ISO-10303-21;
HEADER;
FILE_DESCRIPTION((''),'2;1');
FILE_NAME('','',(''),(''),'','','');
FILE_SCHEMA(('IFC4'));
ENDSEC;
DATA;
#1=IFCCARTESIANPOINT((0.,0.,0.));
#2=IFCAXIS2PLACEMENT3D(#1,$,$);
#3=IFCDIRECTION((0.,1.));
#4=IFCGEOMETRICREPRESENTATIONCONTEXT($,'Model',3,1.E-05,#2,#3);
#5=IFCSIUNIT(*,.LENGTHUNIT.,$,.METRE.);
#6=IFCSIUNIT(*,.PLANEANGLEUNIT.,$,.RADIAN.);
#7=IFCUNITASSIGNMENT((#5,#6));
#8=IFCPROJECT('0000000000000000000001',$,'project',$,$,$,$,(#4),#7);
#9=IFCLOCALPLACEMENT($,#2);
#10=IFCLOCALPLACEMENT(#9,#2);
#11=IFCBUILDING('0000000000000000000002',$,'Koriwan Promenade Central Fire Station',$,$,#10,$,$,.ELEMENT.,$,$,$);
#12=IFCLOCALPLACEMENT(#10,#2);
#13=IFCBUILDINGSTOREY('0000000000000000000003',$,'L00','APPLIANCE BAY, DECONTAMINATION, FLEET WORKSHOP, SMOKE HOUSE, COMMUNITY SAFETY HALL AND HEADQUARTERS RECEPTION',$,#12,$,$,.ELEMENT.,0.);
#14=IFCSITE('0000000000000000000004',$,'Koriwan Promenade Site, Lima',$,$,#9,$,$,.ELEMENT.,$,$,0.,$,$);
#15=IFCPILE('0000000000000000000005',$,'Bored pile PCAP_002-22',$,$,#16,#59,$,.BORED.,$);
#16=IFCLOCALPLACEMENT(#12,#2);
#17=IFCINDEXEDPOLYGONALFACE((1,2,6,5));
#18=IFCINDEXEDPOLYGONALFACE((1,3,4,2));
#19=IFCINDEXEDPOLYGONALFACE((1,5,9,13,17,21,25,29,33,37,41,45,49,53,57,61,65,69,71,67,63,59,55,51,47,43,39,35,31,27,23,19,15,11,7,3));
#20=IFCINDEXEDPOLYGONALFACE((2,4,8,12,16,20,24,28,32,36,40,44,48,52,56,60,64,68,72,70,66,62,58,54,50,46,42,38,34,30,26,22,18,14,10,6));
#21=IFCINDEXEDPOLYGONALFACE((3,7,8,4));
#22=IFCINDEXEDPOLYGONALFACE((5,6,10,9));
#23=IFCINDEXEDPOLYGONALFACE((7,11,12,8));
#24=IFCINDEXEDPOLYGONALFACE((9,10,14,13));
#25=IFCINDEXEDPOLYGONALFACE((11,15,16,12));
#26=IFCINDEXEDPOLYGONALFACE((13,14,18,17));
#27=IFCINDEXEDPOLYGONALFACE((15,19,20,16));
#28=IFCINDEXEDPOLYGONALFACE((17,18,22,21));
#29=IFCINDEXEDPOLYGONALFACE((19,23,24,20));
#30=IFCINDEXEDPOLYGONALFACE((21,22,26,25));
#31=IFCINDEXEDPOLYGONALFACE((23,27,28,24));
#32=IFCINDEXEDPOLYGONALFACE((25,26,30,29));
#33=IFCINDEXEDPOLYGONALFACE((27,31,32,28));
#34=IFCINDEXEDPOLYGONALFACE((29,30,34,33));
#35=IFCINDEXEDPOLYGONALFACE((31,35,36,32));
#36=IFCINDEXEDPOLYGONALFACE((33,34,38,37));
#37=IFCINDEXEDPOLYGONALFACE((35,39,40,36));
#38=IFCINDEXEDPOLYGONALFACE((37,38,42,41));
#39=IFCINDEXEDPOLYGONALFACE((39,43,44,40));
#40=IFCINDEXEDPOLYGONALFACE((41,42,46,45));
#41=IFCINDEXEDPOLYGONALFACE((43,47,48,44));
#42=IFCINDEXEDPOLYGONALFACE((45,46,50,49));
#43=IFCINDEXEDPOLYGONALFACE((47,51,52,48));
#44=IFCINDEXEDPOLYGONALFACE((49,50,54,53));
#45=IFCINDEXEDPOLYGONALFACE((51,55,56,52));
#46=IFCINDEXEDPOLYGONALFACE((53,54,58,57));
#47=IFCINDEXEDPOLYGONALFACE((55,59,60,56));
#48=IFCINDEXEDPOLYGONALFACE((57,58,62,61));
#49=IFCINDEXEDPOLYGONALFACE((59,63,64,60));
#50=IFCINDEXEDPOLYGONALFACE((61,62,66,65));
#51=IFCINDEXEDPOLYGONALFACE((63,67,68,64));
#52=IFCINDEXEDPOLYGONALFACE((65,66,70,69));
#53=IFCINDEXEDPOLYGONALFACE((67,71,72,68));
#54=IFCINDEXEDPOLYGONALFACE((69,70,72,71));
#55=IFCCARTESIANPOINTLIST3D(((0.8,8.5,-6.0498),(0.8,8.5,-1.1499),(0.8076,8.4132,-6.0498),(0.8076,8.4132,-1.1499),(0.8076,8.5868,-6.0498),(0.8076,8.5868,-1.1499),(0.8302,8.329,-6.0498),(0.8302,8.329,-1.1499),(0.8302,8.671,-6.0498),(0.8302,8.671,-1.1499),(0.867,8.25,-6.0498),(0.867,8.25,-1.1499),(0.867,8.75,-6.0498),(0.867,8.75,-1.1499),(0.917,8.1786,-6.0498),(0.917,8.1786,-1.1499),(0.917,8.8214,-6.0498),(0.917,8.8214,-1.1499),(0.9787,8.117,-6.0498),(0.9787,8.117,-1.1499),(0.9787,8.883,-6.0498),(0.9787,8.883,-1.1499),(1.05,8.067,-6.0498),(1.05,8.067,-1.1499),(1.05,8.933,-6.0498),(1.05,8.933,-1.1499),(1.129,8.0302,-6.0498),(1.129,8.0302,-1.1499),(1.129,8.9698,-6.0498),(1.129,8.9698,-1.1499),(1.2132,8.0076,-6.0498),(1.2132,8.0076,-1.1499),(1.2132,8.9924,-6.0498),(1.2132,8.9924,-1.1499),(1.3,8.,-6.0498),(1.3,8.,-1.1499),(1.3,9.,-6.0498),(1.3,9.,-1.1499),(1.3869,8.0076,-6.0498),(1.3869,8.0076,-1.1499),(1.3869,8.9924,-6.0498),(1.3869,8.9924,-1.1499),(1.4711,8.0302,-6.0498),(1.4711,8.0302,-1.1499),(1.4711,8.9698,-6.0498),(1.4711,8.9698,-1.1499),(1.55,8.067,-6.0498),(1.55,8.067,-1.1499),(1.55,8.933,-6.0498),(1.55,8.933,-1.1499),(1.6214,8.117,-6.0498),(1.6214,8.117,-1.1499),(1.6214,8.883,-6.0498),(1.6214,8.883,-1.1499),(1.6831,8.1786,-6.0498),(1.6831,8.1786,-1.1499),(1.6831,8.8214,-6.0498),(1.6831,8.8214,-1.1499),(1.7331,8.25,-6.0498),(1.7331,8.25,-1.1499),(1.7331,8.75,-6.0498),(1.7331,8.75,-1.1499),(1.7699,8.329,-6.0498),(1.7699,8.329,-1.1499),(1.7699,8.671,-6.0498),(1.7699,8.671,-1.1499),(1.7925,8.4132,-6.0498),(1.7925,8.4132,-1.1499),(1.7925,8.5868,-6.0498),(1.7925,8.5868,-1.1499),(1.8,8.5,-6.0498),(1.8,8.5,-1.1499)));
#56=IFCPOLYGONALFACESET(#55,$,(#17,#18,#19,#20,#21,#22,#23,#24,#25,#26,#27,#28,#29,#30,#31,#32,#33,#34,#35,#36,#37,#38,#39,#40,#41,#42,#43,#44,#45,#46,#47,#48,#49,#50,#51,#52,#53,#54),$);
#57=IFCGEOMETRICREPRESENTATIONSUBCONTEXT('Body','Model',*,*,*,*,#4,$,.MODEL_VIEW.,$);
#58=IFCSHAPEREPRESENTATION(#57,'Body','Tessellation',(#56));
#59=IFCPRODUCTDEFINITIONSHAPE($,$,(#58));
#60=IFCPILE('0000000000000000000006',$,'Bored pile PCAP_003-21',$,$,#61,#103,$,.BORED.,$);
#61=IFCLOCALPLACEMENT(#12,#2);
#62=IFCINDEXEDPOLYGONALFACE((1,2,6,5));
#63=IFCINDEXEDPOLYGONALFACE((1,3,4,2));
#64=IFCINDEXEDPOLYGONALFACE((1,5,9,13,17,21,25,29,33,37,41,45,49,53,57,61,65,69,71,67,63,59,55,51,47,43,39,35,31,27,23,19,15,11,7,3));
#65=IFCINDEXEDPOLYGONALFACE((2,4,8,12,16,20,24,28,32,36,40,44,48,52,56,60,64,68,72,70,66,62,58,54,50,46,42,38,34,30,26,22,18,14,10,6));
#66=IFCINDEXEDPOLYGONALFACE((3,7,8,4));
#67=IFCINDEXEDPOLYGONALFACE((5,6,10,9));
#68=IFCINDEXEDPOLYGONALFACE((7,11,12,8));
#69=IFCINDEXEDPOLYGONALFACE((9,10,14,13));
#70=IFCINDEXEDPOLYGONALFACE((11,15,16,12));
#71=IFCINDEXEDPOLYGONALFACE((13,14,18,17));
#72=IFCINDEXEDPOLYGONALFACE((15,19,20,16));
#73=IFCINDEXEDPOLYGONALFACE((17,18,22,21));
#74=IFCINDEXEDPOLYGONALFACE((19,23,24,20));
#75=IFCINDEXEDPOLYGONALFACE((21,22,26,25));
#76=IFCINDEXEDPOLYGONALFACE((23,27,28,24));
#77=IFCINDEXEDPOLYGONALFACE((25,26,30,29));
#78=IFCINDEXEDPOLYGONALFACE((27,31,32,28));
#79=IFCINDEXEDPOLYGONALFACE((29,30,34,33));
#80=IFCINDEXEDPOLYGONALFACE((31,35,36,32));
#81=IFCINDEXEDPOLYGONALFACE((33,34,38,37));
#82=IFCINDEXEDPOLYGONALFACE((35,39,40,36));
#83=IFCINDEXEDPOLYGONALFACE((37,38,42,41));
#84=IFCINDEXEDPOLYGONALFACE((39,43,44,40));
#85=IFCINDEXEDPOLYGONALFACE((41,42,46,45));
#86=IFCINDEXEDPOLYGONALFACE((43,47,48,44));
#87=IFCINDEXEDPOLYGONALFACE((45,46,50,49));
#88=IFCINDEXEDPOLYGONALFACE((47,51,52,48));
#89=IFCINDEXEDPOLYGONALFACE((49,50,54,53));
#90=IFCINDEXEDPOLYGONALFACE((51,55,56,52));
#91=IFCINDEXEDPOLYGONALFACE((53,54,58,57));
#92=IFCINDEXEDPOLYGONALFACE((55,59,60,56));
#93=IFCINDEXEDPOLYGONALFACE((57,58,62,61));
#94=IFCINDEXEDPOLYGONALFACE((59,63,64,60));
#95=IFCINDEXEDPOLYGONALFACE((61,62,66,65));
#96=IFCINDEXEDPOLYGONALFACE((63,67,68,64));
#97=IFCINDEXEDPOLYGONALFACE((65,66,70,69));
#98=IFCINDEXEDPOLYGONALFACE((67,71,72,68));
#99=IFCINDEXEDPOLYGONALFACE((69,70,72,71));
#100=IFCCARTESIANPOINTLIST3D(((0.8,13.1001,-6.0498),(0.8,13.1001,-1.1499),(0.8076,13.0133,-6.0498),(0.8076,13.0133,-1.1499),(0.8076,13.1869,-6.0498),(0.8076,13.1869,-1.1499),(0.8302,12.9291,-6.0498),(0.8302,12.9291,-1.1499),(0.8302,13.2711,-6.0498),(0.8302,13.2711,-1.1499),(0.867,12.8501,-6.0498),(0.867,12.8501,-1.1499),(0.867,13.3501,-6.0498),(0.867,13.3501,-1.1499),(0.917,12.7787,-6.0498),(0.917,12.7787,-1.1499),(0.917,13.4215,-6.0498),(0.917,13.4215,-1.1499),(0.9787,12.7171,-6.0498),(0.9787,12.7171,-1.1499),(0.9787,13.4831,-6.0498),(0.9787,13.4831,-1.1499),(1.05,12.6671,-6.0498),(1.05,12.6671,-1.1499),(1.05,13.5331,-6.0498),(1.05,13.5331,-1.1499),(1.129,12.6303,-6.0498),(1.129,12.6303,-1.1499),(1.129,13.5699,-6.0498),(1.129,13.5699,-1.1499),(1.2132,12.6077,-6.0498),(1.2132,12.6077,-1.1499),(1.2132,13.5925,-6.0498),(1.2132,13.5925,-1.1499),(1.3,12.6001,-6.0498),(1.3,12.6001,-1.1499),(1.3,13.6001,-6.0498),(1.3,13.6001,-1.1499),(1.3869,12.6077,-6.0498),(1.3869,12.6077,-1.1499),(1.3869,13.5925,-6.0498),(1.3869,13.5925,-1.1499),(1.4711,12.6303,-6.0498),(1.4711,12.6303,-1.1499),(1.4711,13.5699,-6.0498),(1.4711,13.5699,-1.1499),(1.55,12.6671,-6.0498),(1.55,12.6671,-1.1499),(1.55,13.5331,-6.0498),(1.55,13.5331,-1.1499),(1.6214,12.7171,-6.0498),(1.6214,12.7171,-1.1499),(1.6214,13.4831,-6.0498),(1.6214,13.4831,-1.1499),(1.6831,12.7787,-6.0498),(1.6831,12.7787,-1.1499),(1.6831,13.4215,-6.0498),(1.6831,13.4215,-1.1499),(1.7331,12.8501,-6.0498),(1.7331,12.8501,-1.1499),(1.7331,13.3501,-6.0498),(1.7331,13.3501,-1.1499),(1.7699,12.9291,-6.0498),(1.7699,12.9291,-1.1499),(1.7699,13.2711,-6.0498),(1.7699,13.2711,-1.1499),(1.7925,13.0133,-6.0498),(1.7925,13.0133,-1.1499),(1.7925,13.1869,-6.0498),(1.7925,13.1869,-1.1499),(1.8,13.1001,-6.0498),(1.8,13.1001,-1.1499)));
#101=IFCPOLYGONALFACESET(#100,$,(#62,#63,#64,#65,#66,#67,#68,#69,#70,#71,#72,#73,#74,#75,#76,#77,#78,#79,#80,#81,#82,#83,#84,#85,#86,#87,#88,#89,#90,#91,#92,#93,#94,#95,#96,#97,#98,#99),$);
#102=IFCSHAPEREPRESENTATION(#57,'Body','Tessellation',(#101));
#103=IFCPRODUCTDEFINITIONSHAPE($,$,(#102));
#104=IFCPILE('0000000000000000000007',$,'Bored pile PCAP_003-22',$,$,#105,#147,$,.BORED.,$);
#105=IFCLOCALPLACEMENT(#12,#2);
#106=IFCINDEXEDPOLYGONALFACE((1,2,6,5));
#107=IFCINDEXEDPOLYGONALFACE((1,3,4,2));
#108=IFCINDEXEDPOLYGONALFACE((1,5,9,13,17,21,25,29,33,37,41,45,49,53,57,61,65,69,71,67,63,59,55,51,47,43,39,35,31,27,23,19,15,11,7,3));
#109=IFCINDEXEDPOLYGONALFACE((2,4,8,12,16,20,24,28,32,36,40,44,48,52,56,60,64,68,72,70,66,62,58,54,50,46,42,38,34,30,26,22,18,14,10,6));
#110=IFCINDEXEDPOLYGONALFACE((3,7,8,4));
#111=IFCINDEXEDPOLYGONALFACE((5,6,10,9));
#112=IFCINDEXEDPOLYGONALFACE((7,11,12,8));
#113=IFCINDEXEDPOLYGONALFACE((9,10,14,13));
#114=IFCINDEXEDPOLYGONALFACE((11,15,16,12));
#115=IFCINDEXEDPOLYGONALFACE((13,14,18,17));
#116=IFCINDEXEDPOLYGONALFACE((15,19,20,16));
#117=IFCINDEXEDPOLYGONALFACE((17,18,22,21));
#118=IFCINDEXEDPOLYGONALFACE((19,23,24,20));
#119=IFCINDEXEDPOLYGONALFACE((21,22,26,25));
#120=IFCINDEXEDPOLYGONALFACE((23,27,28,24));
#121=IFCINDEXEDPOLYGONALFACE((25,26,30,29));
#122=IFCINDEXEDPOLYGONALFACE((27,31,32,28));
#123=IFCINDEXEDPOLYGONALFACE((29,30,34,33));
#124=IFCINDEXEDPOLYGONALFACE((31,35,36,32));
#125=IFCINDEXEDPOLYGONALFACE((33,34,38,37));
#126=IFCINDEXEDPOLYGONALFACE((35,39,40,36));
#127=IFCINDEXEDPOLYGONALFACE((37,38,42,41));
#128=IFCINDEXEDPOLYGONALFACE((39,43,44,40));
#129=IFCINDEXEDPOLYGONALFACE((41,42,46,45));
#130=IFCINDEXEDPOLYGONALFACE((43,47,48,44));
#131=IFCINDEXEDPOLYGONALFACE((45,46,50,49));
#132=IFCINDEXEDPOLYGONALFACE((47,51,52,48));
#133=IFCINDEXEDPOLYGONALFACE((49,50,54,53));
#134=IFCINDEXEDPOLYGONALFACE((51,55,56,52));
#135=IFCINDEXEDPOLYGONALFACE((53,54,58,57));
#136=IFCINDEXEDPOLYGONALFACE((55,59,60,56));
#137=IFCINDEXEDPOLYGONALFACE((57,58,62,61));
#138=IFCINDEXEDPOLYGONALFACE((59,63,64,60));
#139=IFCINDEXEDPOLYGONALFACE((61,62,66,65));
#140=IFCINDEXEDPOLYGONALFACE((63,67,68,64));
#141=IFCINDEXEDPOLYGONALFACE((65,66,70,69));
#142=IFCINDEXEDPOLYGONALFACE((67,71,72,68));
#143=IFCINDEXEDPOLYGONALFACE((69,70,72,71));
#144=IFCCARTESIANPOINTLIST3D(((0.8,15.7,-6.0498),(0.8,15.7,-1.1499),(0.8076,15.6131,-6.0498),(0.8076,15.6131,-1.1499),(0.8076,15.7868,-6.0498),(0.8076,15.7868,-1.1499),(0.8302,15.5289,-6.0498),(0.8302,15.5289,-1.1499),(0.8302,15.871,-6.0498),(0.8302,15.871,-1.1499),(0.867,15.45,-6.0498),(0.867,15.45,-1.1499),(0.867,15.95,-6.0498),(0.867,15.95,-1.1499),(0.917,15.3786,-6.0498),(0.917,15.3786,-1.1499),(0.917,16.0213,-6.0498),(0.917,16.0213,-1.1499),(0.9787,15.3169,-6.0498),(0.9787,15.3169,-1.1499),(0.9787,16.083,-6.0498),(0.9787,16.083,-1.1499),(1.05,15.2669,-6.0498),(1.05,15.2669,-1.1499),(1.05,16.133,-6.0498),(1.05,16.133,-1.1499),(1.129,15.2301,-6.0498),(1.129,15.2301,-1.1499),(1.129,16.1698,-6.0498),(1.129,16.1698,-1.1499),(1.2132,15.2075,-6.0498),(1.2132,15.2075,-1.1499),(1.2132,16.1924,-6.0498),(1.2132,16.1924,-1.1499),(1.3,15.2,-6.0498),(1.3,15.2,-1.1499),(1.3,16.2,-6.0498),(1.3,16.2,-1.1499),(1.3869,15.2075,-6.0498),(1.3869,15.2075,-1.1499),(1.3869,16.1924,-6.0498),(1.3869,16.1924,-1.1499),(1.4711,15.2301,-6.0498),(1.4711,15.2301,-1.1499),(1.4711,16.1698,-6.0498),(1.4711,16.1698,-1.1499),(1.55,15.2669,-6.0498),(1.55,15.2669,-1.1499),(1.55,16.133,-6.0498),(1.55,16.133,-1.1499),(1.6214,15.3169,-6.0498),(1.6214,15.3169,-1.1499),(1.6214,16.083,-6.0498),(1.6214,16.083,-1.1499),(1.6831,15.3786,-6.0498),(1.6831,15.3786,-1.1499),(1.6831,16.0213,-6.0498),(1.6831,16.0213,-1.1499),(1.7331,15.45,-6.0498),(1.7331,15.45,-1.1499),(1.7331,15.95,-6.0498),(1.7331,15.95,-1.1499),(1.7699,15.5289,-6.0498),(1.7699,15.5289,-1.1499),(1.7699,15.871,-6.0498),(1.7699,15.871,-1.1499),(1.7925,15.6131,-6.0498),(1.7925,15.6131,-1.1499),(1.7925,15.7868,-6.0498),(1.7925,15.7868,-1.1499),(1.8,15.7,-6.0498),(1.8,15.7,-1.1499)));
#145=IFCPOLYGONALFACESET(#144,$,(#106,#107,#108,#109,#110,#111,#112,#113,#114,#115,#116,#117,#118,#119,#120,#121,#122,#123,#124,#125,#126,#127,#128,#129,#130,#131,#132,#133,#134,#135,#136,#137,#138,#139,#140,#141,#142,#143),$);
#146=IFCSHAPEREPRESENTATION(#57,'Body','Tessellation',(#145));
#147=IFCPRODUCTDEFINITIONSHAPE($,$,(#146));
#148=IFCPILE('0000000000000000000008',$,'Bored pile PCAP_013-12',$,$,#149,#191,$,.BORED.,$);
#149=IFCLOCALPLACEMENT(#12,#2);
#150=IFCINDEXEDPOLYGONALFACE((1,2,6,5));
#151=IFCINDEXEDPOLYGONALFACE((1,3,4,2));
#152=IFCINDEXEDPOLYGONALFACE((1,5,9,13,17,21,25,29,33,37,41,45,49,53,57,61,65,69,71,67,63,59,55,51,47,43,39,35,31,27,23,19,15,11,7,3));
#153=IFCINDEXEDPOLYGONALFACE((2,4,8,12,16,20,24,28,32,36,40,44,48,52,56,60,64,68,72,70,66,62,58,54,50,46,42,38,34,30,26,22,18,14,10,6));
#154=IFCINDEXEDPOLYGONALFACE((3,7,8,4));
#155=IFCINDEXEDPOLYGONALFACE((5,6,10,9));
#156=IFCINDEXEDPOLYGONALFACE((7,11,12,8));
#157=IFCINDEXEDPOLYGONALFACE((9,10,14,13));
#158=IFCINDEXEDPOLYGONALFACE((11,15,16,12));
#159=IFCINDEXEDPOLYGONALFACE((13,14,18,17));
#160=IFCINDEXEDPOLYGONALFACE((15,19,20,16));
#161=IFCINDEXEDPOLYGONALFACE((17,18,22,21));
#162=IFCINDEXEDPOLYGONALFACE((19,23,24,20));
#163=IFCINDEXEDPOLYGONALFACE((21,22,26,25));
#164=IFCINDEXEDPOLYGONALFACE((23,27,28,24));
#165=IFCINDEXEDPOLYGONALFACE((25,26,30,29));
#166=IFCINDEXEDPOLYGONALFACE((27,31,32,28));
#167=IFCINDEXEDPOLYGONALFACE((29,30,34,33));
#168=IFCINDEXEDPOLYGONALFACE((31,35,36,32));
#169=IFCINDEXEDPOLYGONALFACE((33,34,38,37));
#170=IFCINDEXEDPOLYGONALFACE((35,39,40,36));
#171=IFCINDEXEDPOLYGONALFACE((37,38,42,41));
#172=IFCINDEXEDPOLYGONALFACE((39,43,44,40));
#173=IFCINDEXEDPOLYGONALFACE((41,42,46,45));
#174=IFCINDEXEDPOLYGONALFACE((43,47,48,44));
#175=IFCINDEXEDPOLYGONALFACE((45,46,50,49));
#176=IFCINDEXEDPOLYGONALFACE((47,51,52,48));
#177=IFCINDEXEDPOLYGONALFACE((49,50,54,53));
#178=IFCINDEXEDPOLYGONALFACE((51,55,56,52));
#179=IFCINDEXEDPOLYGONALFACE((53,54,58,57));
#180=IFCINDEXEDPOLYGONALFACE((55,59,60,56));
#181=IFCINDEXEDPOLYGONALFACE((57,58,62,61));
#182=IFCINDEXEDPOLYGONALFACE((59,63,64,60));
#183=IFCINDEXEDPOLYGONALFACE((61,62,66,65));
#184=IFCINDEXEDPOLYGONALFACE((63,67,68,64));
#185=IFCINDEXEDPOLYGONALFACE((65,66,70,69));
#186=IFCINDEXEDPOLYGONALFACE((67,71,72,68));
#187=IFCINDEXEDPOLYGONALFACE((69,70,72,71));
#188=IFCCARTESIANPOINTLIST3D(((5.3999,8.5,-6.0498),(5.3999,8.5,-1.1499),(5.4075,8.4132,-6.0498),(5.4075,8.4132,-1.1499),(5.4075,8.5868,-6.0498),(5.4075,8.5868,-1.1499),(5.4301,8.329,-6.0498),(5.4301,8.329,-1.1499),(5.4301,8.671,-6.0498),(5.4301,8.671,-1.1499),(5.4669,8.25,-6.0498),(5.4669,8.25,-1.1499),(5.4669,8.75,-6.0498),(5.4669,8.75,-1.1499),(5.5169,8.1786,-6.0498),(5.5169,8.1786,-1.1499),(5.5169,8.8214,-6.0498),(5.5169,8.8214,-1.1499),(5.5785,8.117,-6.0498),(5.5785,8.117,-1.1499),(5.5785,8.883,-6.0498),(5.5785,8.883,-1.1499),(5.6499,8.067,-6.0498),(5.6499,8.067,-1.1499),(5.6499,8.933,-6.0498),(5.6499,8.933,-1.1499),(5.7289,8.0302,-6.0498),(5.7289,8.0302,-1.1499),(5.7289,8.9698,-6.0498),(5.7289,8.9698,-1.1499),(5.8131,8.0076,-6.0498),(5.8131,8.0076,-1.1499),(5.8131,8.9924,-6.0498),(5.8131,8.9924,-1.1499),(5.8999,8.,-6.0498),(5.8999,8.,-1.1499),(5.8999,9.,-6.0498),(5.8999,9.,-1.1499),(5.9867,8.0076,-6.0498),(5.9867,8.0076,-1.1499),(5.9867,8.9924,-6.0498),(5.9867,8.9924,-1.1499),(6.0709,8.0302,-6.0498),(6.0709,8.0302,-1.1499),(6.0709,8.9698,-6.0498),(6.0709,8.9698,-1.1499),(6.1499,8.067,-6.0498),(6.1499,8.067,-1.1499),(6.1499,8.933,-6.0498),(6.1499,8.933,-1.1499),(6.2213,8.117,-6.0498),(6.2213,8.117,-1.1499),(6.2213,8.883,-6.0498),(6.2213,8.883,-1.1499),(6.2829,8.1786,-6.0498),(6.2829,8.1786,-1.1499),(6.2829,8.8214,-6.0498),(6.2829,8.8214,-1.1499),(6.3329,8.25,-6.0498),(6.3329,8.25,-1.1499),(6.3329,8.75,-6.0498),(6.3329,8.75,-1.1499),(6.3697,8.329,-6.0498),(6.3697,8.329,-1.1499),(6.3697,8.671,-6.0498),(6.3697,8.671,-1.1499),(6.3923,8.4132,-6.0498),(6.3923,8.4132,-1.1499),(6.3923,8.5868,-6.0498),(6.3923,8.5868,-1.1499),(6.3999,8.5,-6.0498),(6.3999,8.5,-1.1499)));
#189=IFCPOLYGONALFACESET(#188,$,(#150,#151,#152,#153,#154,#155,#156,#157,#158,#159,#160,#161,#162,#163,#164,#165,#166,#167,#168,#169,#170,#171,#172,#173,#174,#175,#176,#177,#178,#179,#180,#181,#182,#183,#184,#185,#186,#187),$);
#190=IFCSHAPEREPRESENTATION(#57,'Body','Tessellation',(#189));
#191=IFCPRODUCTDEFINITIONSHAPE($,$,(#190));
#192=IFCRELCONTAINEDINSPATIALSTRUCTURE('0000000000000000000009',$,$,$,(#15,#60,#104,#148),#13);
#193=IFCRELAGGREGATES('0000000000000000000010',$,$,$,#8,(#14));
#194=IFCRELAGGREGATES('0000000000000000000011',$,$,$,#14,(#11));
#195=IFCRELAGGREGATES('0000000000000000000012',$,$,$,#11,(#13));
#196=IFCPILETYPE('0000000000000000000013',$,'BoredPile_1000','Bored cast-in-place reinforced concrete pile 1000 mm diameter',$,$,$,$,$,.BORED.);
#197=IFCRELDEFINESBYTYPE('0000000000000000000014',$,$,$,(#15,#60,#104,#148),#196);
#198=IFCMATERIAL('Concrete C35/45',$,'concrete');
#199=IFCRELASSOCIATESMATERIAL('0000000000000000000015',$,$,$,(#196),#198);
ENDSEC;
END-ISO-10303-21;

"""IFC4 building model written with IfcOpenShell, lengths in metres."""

from ifc_helpers import new_model, si_unit, direction, frame, origin, origin_2d, place, context, subcontext, project, spatial, circle, extrude, material, material_profile, profile_set, type_object, element, save


model = new_model("IFC4")

# Units and contexts
model_context = context("Model", 3, precision=1e-05, world=origin(), true_north=direction((0.0, 1.0)))
body_context = subcontext(model_context, "Body", "Model", "MODEL_VIEW")
ifc_project = project(units=[si_unit("LENGTHUNIT", "METRE"), si_unit("PLANEANGLEUNIT", "RADIAN")], contexts=[model_context])

# Site, building, storey
site_placement = place(None, origin())
site = spatial("IfcSite", under=ifc_project, at=site_placement, Name="Koriwan Promenade Site, Lima", CompositionType="ELEMENT", RefElevation=0.0)
building_placement = place(site_placement, origin())
building = spatial("IfcBuilding", under=site, at=building_placement, Name="Koriwan Promenade Central Fire Station", CompositionType="ELEMENT")
storey_placement = place(building_placement, origin())
storey = spatial("IfcBuildingStorey", under=building, at=storey_placement, Name="L00", Description="APPLIANCE BAY, DECONTAMINATION, FLEET WORKSHOP, SMOKE HOUSE, COMMUNITY SAFETY HALL AND HEADQUARTERS RECEPTION", CompositionType="ELEMENT", Elevation=0.0)

# Piles
ifc_material_1 = material(Name="Concrete C35/45", Category="concrete")
ifc_material_profile_1 = material_profile(ifc_material_1, circle(Radius=0.5, at=origin_2d()), Name="PILE-D1000")
ifc_profile_set_1 = profile_set([ifc_material_profile_1], Name="Concrete C35/45")
pile_type = type_object("IfcPileType", Name="BoredPile_1000", Description="Bored cast-in-place reinforced concrete pile 1000 mm diameter", PredefinedType="BORED", material=ifc_profile_set_1)
for number, where, z_axis, x_axis, name in (
    (1, (1.3, 8.5, -1.1499), (0.0, 0.0, -1.0), (1.0, 0.0, 0.0), "Bored pile PCAP_002-22"),
    (2, (1.3, 13.1001, -1.1499), (0.0, 0.0, -1.0), (1.0, 0.0, 0.0), "Bored pile PCAP_003-21"),
    (3, (1.3, 15.7, -1.1499), (0.0, 0.0, -1.0), (1.0, 0.0, 0.0), "Bored pile PCAP_003-22"),
    (4, (5.8999, 8.5, -1.1499), (0.0, 0.0, -1.0), (1.0, 0.0, 0.0), "Bored pile PCAP_013-12"),
):
    element("IfcPile", number, at=place(storey_placement, frame(where, z_axis=z_axis, x_axis=x_axis)), inside=storey, type_object=pile_type, Name=name, PredefinedType="BORED", context=body_context, shape_type="SweptSolid", body=[
        extrude(circle(Radius=0.5, at=origin_2d()), origin(), (0.0, 0.0, 1.0), 4.8999),
    ])

save(model, "model.ifc")
